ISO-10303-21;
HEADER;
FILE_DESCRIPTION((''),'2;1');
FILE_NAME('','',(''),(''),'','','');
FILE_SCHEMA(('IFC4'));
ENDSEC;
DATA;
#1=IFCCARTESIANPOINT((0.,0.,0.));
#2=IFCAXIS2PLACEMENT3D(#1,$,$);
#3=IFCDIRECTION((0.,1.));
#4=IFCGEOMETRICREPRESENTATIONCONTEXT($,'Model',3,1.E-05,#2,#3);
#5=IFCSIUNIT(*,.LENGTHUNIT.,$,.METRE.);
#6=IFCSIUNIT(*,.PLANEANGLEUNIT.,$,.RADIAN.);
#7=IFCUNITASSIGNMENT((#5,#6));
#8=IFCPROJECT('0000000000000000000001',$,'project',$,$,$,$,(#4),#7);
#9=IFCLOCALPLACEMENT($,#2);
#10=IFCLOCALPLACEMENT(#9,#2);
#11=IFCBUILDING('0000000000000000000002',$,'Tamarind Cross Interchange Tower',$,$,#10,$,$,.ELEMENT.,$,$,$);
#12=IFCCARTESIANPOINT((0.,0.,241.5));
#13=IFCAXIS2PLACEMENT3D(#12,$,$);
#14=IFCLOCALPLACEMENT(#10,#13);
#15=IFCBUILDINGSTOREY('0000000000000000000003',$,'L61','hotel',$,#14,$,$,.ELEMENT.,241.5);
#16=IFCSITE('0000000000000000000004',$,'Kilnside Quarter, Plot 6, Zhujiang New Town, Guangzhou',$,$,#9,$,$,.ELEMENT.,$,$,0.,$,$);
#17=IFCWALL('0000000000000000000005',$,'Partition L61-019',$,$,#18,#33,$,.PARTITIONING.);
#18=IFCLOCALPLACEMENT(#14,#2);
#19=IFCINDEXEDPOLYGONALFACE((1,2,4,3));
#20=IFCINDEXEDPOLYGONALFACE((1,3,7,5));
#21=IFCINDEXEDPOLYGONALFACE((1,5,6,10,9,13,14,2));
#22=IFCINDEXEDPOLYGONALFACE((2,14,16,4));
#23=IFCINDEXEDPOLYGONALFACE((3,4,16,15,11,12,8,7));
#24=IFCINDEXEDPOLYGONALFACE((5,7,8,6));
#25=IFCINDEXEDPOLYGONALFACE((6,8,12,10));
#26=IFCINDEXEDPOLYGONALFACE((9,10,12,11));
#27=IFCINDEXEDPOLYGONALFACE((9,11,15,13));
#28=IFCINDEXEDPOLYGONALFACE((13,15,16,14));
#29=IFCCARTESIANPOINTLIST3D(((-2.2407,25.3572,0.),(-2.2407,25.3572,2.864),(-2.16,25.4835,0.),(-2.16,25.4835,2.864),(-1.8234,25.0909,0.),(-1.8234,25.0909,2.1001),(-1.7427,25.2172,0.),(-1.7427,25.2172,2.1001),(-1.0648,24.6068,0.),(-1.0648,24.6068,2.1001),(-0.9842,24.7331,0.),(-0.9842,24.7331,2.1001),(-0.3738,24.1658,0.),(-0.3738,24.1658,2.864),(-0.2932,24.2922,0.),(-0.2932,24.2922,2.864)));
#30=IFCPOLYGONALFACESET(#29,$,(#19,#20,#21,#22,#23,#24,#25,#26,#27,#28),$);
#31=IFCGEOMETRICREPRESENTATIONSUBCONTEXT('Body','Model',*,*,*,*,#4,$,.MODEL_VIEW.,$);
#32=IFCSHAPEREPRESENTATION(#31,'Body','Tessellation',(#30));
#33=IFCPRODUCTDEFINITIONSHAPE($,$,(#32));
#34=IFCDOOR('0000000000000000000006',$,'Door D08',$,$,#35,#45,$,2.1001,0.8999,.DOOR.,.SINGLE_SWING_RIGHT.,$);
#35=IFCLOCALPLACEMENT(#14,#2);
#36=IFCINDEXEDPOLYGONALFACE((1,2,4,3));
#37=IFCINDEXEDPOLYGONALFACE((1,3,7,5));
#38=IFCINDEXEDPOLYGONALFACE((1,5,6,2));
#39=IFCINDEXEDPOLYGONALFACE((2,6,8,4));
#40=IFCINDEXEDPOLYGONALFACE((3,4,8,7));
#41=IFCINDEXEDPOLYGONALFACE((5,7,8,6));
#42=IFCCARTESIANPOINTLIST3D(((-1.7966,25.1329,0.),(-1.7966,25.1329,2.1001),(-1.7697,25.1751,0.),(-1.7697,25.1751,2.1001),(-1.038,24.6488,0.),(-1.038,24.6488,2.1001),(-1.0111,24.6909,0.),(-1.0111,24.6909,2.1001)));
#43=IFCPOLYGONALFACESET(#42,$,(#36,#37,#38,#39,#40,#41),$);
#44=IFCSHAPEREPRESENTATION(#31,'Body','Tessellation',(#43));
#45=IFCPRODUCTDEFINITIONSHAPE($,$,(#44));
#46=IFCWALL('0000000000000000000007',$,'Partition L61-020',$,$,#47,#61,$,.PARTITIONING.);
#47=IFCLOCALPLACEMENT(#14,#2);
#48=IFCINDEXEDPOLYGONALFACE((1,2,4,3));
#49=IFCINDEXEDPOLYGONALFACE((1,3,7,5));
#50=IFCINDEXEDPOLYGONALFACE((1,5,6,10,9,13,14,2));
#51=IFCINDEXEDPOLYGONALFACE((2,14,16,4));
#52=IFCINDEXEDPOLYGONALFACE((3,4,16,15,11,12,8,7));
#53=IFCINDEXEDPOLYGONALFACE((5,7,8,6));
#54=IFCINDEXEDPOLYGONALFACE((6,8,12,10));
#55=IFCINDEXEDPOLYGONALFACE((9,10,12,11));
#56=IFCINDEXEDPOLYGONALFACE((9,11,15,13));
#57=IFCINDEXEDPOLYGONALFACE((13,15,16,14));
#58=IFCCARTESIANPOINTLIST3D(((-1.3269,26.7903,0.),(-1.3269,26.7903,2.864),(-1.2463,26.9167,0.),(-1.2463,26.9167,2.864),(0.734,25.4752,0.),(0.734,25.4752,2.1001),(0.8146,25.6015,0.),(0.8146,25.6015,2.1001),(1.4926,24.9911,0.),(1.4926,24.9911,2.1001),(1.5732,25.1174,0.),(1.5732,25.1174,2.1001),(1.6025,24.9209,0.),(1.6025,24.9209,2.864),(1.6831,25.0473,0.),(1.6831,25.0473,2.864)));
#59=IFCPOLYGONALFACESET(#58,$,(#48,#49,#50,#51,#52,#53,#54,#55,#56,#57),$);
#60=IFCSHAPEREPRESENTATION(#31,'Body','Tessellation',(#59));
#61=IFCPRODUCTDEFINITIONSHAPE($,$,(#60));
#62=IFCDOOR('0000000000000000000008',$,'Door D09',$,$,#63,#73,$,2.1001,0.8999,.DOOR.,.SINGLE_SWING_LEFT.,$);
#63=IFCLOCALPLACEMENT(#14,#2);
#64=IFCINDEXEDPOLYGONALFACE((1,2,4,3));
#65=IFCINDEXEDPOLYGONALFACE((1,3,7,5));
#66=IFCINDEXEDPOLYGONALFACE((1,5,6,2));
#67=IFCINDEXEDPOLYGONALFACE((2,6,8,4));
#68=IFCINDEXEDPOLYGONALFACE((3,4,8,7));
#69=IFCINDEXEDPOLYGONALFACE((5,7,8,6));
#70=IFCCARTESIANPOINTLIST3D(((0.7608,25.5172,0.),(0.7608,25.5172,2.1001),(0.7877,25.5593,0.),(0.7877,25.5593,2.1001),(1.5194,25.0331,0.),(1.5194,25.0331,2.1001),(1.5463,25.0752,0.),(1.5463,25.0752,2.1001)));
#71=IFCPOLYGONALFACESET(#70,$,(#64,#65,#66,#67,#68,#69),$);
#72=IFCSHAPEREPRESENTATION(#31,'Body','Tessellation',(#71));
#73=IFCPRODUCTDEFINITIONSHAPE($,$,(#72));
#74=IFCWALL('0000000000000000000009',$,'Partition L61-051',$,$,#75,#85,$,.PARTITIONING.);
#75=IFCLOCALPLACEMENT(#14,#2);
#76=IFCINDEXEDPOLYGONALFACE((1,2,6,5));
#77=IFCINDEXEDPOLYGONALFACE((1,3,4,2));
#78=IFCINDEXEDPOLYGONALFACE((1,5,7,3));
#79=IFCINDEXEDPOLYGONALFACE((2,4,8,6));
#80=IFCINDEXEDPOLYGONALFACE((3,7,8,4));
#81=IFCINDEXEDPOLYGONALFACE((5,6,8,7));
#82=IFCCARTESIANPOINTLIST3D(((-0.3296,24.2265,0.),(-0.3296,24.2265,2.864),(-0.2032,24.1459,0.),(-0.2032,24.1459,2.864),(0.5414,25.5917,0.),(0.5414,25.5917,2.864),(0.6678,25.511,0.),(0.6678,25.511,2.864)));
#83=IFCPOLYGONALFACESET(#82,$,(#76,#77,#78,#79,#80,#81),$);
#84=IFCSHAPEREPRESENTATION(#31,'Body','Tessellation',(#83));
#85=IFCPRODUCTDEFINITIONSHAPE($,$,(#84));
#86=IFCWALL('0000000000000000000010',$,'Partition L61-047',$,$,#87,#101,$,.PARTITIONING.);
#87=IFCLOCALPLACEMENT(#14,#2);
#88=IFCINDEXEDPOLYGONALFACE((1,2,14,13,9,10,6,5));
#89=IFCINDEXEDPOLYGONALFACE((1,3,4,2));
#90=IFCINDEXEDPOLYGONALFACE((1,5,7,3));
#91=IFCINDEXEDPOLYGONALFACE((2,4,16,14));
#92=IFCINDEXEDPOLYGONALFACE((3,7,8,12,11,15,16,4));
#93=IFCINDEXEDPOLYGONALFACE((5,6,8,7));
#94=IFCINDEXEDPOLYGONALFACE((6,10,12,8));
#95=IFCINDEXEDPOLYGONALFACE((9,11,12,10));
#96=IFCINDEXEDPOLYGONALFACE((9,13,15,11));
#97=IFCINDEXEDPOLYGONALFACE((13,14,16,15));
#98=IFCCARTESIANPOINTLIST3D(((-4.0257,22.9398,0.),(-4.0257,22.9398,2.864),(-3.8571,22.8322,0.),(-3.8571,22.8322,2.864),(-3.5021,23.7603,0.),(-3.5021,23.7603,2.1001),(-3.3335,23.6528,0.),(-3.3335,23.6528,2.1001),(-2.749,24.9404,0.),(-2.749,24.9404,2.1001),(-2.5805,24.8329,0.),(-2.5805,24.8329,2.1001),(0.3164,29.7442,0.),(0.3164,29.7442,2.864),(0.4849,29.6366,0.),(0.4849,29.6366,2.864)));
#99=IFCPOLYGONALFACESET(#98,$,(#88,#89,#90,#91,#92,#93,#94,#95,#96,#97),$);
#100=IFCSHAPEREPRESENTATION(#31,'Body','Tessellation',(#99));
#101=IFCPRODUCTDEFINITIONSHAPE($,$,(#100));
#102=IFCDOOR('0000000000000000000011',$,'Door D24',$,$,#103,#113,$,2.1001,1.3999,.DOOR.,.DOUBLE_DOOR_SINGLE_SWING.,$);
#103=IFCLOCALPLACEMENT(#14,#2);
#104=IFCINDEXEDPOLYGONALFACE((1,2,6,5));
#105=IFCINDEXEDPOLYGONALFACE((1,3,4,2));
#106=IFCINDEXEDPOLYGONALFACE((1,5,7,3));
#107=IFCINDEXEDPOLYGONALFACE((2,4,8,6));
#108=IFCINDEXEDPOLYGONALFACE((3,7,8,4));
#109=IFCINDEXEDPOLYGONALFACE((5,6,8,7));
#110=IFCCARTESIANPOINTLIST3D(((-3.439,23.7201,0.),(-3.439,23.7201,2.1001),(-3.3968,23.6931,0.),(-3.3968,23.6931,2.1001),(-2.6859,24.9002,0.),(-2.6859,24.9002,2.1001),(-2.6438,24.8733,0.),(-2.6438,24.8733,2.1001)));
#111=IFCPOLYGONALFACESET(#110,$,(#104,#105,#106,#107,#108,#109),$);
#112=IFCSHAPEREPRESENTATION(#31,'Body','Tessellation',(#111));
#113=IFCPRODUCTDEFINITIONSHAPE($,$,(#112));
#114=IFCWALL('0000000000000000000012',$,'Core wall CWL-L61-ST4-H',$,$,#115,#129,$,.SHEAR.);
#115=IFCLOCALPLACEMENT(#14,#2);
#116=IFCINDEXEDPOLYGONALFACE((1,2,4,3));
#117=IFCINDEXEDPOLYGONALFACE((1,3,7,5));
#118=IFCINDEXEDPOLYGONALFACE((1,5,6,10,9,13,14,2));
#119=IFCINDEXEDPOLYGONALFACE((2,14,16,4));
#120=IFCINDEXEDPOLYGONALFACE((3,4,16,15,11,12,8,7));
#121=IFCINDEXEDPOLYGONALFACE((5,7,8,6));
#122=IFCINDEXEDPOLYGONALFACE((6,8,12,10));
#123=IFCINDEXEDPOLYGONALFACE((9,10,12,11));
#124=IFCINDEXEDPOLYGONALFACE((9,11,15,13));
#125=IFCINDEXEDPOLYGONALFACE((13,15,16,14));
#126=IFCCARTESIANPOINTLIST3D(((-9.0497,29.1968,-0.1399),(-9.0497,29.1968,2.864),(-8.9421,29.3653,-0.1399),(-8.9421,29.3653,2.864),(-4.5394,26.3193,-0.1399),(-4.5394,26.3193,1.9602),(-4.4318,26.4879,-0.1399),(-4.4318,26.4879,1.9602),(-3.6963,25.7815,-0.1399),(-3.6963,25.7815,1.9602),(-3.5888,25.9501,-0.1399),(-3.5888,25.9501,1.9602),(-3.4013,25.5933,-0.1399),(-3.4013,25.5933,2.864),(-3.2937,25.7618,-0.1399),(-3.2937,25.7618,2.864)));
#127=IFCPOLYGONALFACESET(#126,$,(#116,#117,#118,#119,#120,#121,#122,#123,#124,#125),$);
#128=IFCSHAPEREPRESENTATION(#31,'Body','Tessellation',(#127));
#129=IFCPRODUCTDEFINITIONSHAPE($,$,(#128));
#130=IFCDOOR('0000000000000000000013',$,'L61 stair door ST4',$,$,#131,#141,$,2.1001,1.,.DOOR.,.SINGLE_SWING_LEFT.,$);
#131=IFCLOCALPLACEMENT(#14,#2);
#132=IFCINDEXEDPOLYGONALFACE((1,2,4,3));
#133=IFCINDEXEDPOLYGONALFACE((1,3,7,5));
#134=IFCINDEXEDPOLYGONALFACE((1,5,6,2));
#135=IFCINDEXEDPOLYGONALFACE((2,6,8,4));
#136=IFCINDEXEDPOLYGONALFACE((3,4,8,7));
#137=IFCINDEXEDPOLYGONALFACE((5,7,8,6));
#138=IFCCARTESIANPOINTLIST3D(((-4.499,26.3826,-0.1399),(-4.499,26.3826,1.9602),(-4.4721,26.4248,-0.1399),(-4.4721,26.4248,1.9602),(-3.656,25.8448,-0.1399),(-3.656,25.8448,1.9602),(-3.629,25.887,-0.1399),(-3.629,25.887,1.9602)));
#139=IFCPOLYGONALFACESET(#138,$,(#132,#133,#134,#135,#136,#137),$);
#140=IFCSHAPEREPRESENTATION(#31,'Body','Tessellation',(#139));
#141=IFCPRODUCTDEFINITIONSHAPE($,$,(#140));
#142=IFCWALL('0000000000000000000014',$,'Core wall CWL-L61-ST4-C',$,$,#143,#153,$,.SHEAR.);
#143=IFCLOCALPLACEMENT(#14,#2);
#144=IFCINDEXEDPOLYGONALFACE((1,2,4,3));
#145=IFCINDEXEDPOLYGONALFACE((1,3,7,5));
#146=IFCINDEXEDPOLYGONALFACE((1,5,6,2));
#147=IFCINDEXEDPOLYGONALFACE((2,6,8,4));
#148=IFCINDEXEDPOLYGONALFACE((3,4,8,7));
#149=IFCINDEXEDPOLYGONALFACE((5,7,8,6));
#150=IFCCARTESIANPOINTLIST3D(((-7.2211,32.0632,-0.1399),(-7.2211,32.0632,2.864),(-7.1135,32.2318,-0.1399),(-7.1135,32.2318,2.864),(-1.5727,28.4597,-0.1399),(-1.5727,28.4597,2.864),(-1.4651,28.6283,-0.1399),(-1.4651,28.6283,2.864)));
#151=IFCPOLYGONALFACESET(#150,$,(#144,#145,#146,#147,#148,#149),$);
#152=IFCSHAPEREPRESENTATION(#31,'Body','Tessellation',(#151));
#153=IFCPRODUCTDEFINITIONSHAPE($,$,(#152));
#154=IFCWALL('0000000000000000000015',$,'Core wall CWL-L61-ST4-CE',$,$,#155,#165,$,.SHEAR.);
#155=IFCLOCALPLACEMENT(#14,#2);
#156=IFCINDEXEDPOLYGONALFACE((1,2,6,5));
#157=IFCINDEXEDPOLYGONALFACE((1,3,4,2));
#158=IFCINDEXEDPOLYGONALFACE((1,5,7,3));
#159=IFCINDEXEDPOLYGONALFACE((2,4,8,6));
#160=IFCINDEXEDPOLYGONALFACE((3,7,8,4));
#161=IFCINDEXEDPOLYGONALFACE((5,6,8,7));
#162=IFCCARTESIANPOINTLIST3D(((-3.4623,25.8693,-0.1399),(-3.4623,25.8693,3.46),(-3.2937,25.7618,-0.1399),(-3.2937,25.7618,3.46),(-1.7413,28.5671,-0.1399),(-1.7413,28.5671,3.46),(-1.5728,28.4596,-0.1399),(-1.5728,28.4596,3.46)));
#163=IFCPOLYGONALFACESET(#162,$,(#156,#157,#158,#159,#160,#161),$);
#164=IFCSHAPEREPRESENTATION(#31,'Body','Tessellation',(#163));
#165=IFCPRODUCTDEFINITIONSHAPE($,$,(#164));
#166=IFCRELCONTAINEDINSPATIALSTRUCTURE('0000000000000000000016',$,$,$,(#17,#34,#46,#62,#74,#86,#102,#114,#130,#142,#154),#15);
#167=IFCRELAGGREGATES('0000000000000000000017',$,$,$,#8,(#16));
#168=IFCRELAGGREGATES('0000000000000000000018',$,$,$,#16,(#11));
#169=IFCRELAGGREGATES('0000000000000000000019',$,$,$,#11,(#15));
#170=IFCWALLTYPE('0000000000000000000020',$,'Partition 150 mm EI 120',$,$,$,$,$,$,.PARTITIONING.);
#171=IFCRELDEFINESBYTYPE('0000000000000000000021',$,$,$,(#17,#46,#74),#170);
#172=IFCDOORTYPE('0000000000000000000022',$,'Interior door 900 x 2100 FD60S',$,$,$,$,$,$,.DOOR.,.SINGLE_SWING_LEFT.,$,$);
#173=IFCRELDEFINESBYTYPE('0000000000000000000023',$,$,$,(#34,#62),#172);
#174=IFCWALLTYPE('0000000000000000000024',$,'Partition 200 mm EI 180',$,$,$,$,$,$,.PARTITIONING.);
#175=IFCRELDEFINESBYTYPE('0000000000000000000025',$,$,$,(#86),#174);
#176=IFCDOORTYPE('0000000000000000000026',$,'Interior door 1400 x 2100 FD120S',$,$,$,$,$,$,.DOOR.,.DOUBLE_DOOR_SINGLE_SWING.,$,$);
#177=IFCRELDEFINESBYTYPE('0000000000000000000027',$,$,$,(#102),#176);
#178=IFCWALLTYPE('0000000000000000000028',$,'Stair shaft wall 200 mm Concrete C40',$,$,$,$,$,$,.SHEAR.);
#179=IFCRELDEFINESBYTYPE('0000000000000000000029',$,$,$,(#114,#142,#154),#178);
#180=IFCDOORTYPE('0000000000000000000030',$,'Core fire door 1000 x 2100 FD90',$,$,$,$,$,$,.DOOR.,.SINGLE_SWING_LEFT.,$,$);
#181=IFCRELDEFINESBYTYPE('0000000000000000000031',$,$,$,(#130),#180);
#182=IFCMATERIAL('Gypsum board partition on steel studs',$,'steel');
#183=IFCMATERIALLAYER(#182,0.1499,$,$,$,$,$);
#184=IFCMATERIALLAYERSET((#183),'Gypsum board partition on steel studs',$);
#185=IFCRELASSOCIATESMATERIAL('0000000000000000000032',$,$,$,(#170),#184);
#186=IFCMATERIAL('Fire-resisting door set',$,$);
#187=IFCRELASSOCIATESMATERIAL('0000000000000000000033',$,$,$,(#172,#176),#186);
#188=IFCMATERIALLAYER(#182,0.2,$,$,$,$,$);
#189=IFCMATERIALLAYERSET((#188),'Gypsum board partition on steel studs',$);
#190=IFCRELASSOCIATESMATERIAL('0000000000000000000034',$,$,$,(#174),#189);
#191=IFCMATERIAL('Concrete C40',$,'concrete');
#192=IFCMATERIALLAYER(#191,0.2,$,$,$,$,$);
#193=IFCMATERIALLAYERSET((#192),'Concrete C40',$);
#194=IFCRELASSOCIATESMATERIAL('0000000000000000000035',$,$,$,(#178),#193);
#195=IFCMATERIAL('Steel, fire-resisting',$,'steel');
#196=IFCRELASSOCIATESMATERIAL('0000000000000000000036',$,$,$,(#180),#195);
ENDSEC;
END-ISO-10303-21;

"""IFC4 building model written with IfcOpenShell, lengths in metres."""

from ifc_helpers import new_model, si_unit, direction, frame, frame_2d, origin, place, context, subcontext, project, spatial, rectangle, extrude, material, layer, layer_set, type_object, element, fill, save


model = new_model("IFC4")

# Units and contexts
model_context = context("Model", 3, precision=1e-05, world=origin(), true_north=direction((0.0, 1.0)))
body_context = subcontext(model_context, "Body", "Model", "MODEL_VIEW")
ifc_project = project(units=[si_unit("LENGTHUNIT", "METRE"), si_unit("PLANEANGLEUNIT", "RADIAN")], contexts=[model_context])

# Site, building, storey
site_placement = place(None, origin())
site = spatial("IfcSite", under=ifc_project, at=site_placement, Name="Kilnside Quarter, Plot 6, Zhujiang New Town, Guangzhou", CompositionType="ELEMENT", RefElevation=0.0)
building_placement = place(site_placement, origin())
building = spatial("IfcBuilding", under=site, at=building_placement, Name="Tamarind Cross Interchange Tower", CompositionType="ELEMENT")
storey_placement = place(building_placement, frame((0.0, 0.0, 241.5)))
storey = spatial("IfcBuildingStorey", under=building, at=storey_placement, Name="L61", Description="hotel", CompositionType="ELEMENT", Elevation=241.5)

# Shared definitions
ifc_material_1 = material(Name="Gypsum board partition on steel studs", Category="steel")
ifc_layer_1 = layer(ifc_material_1, 0.1499)
ifc_layer_set_1 = layer_set([ifc_layer_1], Name="Gypsum board partition on steel studs")
wall_type_1 = type_object("IfcWallType", Name="Partition 150 mm EI 120", PredefinedType="PARTITIONING", material=ifc_layer_set_1)

# Walls, openings, doors
wall_1_placement = place(storey_placement, frame((-2.2004, 25.4204, 0.0), z_axis=(0.0, 0.0, 1.0), x_axis=(0.842975, -0.537952, 0.0)))
wall_1 = element("IfcWall", 1, at=wall_1_placement, inside=storey, type_object=wall_type_1, Name="Partition L61-019", PredefinedType="PARTITIONING", context=body_context, shape_type="SweptSolid", body=[
    extrude(rectangle(XDim=2.2146, YDim=0.1499, at=frame_2d((1.1074, 0.0))), origin(), (0.0, 0.0, 1.0), 2.864),
])
opening_1_placement = place(wall_1_placement, frame((0.4951, 0.0, 0.0)))
opening_1 = element("IfcOpeningElement", 2, at=opening_1_placement, cuts=wall_1, PredefinedType="OPENING", context=body_context, shape_type="SweptSolid", body=[
    extrude(rectangle(XDim=0.8999, YDim=2.1001, at=frame_2d((0.45, 1.05))), frame((0.0, 0.085, 0.0), z_axis=(0.0, -1.0, 0.0), x_axis=(1.0, 0.0, 0.0)), (0.0, 0.0, 1.0), 0.1699),
])
ifc_material_2 = material(Name="Fire-resisting door set")
door_type_1 = type_object("IfcDoorType", Name="Interior door 900 x 2100 FD60S", OperationType="SINGLE_SWING_LEFT", PredefinedType="DOOR", material=ifc_material_2)
door_1_placement = place(opening_1_placement, origin())
door_1 = element("IfcDoor", 3, at=door_1_placement, inside=storey, type_object=door_type_1, Name="Door D08", OperationType="SINGLE_SWING_RIGHT", OverallHeight=2.1001, OverallWidth=0.8999, PredefinedType="DOOR", context=body_context, shape_type="SweptSolid", body=[
    extrude(rectangle(XDim=0.8999, YDim=2.1001, at=frame_2d((0.45, 1.05))), frame((0.0, 0.0249, 0.0), z_axis=(0.0, -1.0, 0.0), x_axis=(1.0, 0.0, 0.0)), (0.0, 0.0, 1.0), 0.05),
])
fill(opening_1, door_1)
wall_2_placement = place(storey_placement, frame((-1.2866, 26.8535, 0.0), z_axis=(0.0, 0.0, 1.0), x_axis=(0.842984, -0.537939, 0.0)))
wall_2 = element("IfcWall", 4, at=wall_2_placement, inside=storey, type_object=wall_type_1, Name="Partition L61-020", PredefinedType="PARTITIONING", context=body_context, shape_type="SweptSolid", body=[
    extrude(rectangle(XDim=3.4751, YDim=0.1499, at=frame_2d((1.7375, 0.0))), origin(), (0.0, 0.0, 1.0), 2.864),
])
opening_2_placement = place(wall_2_placement, frame((2.4448, 0.0, 0.0)))
opening_2 = element("IfcOpeningElement", 5, at=opening_2_placement, cuts=wall_2, PredefinedType="OPENING", context=body_context, shape_type="SweptSolid", body=[
    extrude(rectangle(XDim=0.8999, YDim=2.1001, at=frame_2d((0.45, 1.05))), frame((0.0, 0.085, 0.0), z_axis=(0.0, -1.0, 0.0), x_axis=(1.0, 0.0, 0.0)), (0.0, 0.0, 1.0), 0.1699),
])
door_2_placement = place(opening_2_placement, origin())
door_2 = element("IfcDoor", 6, at=door_2_placement, inside=storey, type_object=door_type_1, Name="Door D09", OperationType="SINGLE_SWING_LEFT", OverallHeight=2.1001, OverallWidth=0.8999, PredefinedType="DOOR", context=body_context, shape_type="SweptSolid", body=[
    extrude(rectangle(XDim=0.8999, YDim=2.1001, at=frame_2d((0.45, 1.05))), frame((0.0, 0.0249, 0.0), z_axis=(0.0, -1.0, 0.0), x_axis=(1.0, 0.0, 0.0)), (0.0, 0.0, 1.0), 0.05),
])
fill(opening_2, door_2)

# Wall
wall_3_placement = place(storey_placement, frame((-0.2664, 24.1863, 0.0), z_axis=(0.0, 0.0, 1.0), x_axis=(0.53789, 0.843015, 0.0)))
element("IfcWall", 7, at=wall_3_placement, inside=storey, type_object=wall_type_1, Name="Partition L61-051", PredefinedType="PARTITIONING", context=body_context, shape_type="SweptSolid", body=[
    extrude(rectangle(XDim=1.6194, YDim=0.1499, at=frame_2d((0.8096, 0.0))), origin(), (0.0, 0.0, 1.0), 2.864),
])

# Walls, openings, doors
ifc_layer_2 = layer(ifc_material_1, 0.2)
ifc_layer_set_2 = layer_set([ifc_layer_2], Name="Gypsum board partition on steel studs")
wall_type_2 = type_object("IfcWallType", Name="Partition 200 mm EI 180", PredefinedType="PARTITIONING", material=ifc_layer_set_2)
wall_4_placement = place(storey_placement, frame((-3.9414, 22.886, 0.0), z_axis=(0.0, 0.0, 1.0), x_axis=(0.537928, 0.842991, 0.0)))
wall_4 = element("IfcWall", 8, at=wall_4_placement, inside=storey, type_object=wall_type_2, Name="Partition L61-047", PredefinedType="PARTITIONING", context=body_context, shape_type="SweptSolid", body=[
    extrude(rectangle(XDim=8.0718, YDim=0.2, at=frame_2d((4.0359, 0.0))), origin(), (0.0, 0.0, 1.0), 2.864),
])
opening_3_placement = place(wall_4_placement, frame((0.9734, 0.0, 0.0)))
opening_3 = element("IfcOpeningElement", 9, at=opening_3_placement, cuts=wall_4, PredefinedType="OPENING", context=body_context, shape_type="SweptSolid", body=[
    extrude(rectangle(XDim=1.3999, YDim=2.1001, at=frame_2d((0.7, 1.05))), frame((0.0, 0.1099, 0.0), z_axis=(0.0, -1.0, 0.0), x_axis=(1.0, 0.0, 0.0)), (0.0, 0.0, 1.0), 0.22),
])
door_type_2 = type_object("IfcDoorType", Name="Interior door 1400 x 2100 FD120S", OperationType="DOUBLE_DOOR_SINGLE_SWING", PredefinedType="DOOR", material=ifc_material_2)
door_3_placement = place(opening_3_placement, frame((1.3999, 0.0, 0.0), z_axis=(0.0, 0.0, 1.0), x_axis=(-1.0, 0.0, 0.0)))
door_3 = element("IfcDoor", 10, at=door_3_placement, inside=storey, type_object=door_type_2, Name="Door D24", OperationType="DOUBLE_DOOR_SINGLE_SWING", OverallHeight=2.1001, OverallWidth=1.3999, PredefinedType="DOOR", context=body_context, shape_type="SweptSolid", body=[
    extrude(rectangle(XDim=1.3999, YDim=2.1001, at=frame_2d((0.7, 1.05))), frame((0.0, 0.0249, 0.0), z_axis=(0.0, -1.0, 0.0), x_axis=(1.0, 0.0, 0.0)), (0.0, 0.0, 1.0), 0.05),
])
fill(opening_3, door_3)
ifc_material_3 = material(Name="Concrete C40", Category="concrete")
ifc_layer_3 = layer(ifc_material_3, 0.2)
ifc_layer_set_3 = layer_set([ifc_layer_3], Name="Concrete C40")
wall_type_3 = type_object("IfcWallType", Name="Stair shaft wall 200 mm Concrete C40", PredefinedType="SHEAR", material=ifc_layer_set_3)
wall_5_placement = place(storey_placement, frame((-3.3474, 25.6775, -0.1399), z_axis=(0.0, 0.0, 1.0), x_axis=(-0.843049, 0.537837, 0.0)))
wall_5 = element("IfcWall", 11, at=wall_5_placement, inside=storey, type_object=wall_type_3, Name="Core wall CWL-L61-ST4-H", PredefinedType="SHEAR", context=body_context, shape_type="SweptSolid", body=[
    extrude(rectangle(XDim=6.7, YDim=0.2, at=frame_2d((3.3501, 0.0))), origin(), (0.0, 0.0, 1.0), 3.0039),
])
opening_4_placement = place(wall_5_placement, frame((0.3501, 0.0, 0.0)))
opening_4 = element("IfcOpeningElement", 12, at=opening_4_placement, cuts=wall_5, PredefinedType="OPENING", context=body_context, shape_type="SweptSolid", body=[
    extrude(rectangle(XDim=1.0, YDim=2.1001, at=frame_2d((0.5, 1.05))), frame((0.0, 0.1099, 0.0), z_axis=(0.0, -1.0, 0.0), x_axis=(1.0, 0.0, 0.0)), (0.0, 0.0, 1.0), 0.22),
])
ifc_material_4 = material(Name="Steel, fire-resisting", Category="steel")
door_type_3 = type_object("IfcDoorType", Name="Core fire door 1000 x 2100 FD90", OperationType="SINGLE_SWING_LEFT", PredefinedType="DOOR", material=ifc_material_4)
door_4_placement = place(opening_4_placement, origin())
door_4 = element("IfcDoor", 13, at=door_4_placement, inside=storey, type_object=door_type_3, Name="L61 stair door ST4", OperationType="SINGLE_SWING_LEFT", OverallHeight=2.1001, OverallWidth=1.0, PredefinedType="DOOR", context=body_context, shape_type="SweptSolid", body=[
    extrude(rectangle(XDim=1.0, YDim=2.1001, at=frame_2d((0.5, 1.05))), frame((0.0, 0.0249, 0.0), z_axis=(0.0, -1.0, 0.0), x_axis=(1.0, 0.0, 0.0)), (0.0, 0.0, 1.0), 0.05),
])
fill(opening_4, door_4)

# Walls
wall_6_placement = place(storey_placement, frame((-1.5188, 28.5439, -0.1399), z_axis=(0.0, 0.0, 1.0), x_axis=(-0.843049, 0.537837, 0.0)))
element("IfcWall", 14, at=wall_6_placement, inside=storey, type_object=wall_type_3, Name="Core wall CWL-L61-ST4-C", PredefinedType="SHEAR", context=body_context, shape_type="SweptSolid", body=[
    extrude(rectangle(XDim=6.7, YDim=0.2, at=frame_2d((3.3501, 0.0))), origin(), (0.0, 0.0, 1.0), 3.0039),
])
wall_7_placement = place(storey_placement, frame((-1.657, 28.5134, -0.1399), z_axis=(0.0, 0.0, 1.0), x_axis=(-0.537808, -0.843067, 0.0)))
element("IfcWall", 15, at=wall_7_placement, inside=storey, type_object=wall_type_3, Name="Core wall CWL-L61-ST4-CE", PredefinedType="SHEAR", context=body_context, shape_type="SweptSolid", body=[
    extrude(rectangle(XDim=3.2, YDim=0.2, at=frame_2d((1.6001, 0.0))), origin(), (0.0, 0.0, 1.0), 3.5999),
])

save(model, "model.ifc")
